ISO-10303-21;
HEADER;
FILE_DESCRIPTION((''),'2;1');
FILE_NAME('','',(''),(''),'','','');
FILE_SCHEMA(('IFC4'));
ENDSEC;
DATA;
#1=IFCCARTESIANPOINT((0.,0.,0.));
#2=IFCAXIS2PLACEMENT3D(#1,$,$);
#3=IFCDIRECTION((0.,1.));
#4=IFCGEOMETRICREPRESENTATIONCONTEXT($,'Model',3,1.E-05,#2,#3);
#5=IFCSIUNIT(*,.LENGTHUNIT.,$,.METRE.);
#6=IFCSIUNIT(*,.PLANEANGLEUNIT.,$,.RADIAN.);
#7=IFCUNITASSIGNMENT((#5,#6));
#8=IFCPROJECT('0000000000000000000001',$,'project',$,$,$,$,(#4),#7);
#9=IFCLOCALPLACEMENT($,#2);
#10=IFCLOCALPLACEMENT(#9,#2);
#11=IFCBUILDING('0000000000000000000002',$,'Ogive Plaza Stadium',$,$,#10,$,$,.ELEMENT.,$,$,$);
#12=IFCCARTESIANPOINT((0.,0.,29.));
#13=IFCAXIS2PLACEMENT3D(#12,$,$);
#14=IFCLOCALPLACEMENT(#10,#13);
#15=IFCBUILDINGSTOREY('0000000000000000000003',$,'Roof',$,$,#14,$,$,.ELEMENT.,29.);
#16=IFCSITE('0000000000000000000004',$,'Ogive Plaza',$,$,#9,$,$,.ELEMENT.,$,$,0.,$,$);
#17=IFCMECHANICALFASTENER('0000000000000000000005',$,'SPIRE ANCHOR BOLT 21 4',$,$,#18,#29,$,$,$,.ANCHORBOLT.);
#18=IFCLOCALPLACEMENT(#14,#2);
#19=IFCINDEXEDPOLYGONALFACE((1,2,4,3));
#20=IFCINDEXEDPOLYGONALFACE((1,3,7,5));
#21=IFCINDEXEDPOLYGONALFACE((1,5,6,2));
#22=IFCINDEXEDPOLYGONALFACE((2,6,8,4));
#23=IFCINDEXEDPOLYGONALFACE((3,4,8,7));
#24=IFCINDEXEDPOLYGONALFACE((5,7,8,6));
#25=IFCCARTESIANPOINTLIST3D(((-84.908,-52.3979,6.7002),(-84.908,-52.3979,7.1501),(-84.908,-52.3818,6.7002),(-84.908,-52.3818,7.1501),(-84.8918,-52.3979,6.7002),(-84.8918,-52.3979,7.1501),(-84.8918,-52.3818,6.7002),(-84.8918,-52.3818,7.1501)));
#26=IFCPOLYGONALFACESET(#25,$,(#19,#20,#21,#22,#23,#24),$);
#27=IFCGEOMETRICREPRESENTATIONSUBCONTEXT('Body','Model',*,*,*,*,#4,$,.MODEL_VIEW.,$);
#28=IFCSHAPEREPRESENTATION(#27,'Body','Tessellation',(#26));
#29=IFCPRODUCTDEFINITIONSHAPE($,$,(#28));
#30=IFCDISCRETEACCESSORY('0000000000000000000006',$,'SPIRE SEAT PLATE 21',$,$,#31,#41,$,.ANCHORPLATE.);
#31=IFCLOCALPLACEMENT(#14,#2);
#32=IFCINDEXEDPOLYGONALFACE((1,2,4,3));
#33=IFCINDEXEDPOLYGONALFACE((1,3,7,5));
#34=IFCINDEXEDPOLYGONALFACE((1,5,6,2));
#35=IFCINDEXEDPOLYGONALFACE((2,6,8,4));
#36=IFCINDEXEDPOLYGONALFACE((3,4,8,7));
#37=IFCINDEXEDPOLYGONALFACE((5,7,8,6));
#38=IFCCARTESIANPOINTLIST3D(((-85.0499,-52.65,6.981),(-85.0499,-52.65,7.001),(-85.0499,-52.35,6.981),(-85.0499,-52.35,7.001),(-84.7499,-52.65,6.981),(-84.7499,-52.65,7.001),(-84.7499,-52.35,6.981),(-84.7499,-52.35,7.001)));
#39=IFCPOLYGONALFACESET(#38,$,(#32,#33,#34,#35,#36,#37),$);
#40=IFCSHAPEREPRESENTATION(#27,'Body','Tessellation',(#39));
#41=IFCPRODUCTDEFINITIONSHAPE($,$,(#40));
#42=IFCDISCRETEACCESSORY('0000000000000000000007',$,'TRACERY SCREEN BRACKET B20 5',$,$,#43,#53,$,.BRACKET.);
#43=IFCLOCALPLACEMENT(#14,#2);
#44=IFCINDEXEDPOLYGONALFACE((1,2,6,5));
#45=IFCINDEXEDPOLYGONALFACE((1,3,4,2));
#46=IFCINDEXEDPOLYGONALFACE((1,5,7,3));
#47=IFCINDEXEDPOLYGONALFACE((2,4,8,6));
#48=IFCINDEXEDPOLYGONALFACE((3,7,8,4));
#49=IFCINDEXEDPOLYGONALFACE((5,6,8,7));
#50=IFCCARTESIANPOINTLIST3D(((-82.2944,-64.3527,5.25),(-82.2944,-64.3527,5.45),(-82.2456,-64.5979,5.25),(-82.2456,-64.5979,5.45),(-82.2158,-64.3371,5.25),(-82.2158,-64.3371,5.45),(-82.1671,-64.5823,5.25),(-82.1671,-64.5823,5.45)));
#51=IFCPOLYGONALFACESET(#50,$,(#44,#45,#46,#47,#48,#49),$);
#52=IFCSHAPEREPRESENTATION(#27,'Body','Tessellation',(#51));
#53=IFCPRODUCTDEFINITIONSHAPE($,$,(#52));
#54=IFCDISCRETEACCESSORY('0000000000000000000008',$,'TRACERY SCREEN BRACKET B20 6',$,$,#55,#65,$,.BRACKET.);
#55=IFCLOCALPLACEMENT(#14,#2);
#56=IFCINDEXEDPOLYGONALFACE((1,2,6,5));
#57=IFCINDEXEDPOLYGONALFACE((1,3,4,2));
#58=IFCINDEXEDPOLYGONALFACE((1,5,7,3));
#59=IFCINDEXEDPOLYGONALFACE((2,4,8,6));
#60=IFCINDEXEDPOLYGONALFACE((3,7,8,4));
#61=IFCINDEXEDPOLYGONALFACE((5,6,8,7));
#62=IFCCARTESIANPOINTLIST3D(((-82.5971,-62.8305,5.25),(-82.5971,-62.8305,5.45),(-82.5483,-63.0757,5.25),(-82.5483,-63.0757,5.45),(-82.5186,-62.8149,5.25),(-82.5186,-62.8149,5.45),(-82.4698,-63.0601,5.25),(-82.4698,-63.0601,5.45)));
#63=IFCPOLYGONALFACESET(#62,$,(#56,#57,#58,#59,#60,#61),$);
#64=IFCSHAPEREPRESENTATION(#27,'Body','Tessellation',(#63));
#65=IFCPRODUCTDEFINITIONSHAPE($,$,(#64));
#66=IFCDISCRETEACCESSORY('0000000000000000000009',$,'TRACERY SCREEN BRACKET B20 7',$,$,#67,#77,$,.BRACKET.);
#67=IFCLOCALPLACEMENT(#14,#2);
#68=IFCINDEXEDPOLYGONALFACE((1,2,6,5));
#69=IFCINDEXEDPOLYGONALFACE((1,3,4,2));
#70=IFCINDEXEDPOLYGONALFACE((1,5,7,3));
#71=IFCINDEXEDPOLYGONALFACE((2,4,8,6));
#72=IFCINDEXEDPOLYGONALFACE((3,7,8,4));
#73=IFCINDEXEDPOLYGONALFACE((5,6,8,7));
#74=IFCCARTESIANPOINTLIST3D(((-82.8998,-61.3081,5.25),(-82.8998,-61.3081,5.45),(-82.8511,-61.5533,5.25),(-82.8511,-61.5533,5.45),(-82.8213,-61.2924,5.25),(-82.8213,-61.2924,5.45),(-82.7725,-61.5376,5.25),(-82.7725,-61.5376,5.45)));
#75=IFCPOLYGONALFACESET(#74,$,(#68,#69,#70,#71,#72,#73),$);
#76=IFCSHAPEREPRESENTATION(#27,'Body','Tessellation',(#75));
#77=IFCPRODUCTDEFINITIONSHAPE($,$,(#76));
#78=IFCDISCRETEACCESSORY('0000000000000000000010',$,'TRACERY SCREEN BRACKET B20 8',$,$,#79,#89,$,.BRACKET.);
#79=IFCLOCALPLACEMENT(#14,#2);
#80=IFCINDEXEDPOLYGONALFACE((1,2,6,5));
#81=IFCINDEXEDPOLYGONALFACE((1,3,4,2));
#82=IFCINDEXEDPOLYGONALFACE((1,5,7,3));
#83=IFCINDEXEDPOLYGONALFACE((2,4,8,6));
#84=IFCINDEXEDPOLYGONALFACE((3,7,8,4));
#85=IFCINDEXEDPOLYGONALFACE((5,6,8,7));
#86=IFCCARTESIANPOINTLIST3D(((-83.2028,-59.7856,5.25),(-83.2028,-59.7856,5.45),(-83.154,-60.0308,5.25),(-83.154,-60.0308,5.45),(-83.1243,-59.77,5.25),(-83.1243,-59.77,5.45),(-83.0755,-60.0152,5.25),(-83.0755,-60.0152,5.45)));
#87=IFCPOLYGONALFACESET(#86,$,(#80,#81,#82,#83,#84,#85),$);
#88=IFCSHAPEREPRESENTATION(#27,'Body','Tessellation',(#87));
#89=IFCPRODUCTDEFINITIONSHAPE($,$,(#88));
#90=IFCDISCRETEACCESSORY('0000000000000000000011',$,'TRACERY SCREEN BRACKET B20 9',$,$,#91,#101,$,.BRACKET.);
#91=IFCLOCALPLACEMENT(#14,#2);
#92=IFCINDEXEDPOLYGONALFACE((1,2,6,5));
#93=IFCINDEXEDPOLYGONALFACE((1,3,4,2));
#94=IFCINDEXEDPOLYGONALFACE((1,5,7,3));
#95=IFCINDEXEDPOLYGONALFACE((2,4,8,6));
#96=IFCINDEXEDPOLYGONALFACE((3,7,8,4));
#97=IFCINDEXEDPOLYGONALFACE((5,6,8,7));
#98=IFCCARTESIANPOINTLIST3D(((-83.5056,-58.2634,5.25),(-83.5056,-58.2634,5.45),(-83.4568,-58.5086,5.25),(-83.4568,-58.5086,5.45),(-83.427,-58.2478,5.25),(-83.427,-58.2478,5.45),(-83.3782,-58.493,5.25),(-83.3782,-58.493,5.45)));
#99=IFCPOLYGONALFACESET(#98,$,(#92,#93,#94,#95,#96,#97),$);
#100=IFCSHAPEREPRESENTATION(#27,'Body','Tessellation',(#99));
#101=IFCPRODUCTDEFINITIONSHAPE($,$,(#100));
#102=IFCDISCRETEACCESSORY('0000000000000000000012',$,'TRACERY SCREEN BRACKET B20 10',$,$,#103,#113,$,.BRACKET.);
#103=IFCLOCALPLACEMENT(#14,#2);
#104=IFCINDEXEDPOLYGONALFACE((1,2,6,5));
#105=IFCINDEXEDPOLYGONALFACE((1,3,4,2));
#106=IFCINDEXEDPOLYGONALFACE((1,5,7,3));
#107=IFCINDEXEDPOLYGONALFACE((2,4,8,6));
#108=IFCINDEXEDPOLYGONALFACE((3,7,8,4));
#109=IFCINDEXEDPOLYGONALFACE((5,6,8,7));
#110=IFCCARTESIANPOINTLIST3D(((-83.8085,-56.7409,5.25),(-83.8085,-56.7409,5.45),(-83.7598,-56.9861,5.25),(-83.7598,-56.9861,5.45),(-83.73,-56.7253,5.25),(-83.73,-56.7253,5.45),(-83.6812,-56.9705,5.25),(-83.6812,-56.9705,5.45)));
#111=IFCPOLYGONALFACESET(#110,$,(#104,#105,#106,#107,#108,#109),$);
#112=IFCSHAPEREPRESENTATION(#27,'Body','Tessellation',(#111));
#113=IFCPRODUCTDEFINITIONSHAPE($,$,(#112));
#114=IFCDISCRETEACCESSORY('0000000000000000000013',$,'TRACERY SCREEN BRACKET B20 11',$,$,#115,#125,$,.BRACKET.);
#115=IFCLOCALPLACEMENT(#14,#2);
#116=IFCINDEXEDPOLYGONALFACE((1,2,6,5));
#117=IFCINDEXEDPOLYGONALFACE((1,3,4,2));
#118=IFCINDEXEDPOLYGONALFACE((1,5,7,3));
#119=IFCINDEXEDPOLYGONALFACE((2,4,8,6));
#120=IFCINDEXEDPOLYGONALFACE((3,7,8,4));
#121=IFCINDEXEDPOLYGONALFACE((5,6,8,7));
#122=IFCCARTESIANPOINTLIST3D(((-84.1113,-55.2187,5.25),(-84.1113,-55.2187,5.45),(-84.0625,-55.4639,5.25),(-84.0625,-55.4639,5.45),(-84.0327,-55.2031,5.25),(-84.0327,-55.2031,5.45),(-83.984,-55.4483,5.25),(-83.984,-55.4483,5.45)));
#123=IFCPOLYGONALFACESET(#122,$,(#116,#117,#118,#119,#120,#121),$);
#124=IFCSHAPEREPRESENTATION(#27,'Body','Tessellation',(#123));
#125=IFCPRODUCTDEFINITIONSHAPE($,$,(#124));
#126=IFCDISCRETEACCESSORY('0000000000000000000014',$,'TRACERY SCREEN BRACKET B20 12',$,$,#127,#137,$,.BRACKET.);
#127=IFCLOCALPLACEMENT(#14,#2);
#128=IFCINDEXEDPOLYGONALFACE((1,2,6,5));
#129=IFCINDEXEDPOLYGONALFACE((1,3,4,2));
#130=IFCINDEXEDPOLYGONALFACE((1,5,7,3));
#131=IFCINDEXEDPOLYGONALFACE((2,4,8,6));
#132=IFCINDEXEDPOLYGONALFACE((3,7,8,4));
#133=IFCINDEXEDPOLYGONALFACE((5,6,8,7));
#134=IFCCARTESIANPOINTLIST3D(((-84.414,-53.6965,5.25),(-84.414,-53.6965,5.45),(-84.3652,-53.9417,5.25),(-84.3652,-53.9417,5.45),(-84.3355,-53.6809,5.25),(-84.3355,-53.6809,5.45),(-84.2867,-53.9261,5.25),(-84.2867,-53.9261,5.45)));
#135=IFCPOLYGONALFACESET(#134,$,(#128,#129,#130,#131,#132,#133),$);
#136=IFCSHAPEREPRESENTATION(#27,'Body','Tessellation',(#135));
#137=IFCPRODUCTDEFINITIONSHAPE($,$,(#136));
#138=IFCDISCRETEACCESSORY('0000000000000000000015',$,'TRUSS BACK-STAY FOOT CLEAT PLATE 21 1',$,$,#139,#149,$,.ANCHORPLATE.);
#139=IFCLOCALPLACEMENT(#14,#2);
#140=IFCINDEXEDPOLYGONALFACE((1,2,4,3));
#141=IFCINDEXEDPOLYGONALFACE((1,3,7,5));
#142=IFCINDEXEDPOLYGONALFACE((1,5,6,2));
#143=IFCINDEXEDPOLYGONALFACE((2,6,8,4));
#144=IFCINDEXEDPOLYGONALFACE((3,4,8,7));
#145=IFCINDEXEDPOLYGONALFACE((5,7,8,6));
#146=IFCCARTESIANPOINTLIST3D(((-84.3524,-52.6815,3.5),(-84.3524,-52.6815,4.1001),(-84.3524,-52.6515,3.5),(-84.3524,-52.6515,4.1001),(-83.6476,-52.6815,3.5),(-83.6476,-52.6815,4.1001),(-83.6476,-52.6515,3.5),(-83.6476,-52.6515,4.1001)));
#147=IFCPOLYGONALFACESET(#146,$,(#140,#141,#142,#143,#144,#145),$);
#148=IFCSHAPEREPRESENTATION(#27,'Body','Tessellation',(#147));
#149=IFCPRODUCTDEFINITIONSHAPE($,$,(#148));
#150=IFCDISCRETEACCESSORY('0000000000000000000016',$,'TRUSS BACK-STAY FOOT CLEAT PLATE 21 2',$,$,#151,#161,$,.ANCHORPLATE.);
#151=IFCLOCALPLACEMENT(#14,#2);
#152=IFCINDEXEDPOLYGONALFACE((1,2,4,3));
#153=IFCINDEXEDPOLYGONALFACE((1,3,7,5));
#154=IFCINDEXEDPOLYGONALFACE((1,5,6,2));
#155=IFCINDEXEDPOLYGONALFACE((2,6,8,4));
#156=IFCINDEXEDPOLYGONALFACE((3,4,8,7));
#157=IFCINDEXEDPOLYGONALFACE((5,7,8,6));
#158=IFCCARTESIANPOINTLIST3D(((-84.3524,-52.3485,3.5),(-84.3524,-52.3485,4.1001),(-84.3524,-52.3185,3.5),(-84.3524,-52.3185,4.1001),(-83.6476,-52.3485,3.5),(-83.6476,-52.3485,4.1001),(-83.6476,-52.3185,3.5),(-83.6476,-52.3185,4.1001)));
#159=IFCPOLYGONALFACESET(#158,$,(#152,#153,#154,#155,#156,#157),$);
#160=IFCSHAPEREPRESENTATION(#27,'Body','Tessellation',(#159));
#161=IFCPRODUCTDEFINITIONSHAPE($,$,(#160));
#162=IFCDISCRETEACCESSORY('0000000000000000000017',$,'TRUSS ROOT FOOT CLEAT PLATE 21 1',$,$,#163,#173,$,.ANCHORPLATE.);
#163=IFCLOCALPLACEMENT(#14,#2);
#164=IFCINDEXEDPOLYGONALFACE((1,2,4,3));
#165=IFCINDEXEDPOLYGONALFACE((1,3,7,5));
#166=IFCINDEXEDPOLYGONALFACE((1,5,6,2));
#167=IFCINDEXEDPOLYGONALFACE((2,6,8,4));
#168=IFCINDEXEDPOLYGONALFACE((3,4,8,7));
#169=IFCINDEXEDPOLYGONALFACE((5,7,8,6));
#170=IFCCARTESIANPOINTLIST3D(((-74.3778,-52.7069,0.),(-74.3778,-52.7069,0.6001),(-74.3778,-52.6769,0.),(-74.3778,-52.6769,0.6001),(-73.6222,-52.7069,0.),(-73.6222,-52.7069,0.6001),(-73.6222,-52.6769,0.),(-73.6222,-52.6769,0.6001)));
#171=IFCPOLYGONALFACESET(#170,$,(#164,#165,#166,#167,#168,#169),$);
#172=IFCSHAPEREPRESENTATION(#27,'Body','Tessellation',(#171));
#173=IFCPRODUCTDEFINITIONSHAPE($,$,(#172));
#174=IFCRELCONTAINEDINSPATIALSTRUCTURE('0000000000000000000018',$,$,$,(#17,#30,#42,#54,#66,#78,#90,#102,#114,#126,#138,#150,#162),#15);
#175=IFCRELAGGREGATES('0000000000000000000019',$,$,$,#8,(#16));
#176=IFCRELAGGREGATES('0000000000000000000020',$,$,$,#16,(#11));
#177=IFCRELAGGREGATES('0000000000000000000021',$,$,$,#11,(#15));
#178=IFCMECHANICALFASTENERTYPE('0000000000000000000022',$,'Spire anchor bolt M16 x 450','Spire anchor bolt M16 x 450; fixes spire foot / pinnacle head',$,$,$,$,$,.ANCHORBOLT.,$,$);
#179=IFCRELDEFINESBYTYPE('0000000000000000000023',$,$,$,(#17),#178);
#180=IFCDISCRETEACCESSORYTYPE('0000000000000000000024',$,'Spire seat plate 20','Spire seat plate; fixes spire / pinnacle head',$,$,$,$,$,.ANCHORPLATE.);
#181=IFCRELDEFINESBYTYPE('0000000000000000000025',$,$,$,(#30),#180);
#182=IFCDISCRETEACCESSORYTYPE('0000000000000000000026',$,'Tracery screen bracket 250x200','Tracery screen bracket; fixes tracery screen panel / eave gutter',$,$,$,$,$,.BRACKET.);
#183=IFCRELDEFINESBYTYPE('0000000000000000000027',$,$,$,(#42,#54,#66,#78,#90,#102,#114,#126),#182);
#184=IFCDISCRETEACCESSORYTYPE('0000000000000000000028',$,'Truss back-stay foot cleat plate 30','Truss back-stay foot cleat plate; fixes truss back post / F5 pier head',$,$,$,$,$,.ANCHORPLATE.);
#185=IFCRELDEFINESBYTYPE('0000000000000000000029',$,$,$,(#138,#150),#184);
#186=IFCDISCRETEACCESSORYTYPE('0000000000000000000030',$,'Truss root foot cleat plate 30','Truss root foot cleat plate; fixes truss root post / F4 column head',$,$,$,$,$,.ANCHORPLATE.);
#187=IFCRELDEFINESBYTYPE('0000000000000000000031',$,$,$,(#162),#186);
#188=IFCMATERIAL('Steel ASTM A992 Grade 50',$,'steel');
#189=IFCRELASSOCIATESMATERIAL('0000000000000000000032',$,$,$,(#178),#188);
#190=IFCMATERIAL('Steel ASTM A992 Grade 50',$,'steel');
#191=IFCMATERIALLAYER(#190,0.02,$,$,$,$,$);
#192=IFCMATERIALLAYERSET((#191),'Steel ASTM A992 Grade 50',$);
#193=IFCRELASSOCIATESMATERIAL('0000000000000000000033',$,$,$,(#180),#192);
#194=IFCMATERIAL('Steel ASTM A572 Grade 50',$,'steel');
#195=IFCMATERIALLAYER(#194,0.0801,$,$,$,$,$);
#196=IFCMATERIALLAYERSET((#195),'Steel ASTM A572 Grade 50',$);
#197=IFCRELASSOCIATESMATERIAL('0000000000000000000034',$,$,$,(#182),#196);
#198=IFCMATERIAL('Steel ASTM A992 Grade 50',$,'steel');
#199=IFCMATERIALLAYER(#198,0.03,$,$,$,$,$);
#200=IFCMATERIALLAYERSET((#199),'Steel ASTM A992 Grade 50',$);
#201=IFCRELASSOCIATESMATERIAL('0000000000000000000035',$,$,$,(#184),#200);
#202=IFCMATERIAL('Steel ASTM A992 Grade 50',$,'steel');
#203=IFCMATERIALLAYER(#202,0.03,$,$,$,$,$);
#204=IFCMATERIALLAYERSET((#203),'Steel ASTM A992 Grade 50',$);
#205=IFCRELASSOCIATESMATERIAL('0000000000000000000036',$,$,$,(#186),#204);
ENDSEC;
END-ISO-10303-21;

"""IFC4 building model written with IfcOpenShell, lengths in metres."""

from ifc_helpers import new_model, si_unit, direction, frame, origin, origin_2d, place, context, subcontext, project, spatial, rectangle, extrude, material, layer, layer_set, type_object, element, save


model = new_model("IFC4")

# Units and contexts
model_context = context("Model", 3, precision=1e-05, world=origin(), true_north=direction((0.0, 1.0)))
body_context = subcontext(model_context, "Body", "Model", "MODEL_VIEW")
ifc_project = project(units=[si_unit("LENGTHUNIT", "METRE"), si_unit("PLANEANGLEUNIT", "RADIAN")], contexts=[model_context])

# Site, building, storey
site_placement = place(None, origin())
site = spatial("IfcSite", under=ifc_project, at=site_placement, Name="Ogive Plaza", CompositionType="ELEMENT", RefElevation=0.0)
building_placement = place(site_placement, origin())
building = spatial("IfcBuilding", under=site, at=building_placement, Name="Ogive Plaza Stadium", CompositionType="ELEMENT")
storey_placement = place(building_placement, frame((0.0, 0.0, 29.0)))
storey = spatial("IfcBuildingStorey", under=building, at=storey_placement, Name="Roof", CompositionType="ELEMENT", Elevation=29.0)

# Mechanical fastener
ifc_material_1 = material(Name="Steel ASTM A992 Grade 50", Category="steel")
mechanical_fastener_type_1 = type_object("IfcMechanicalFastenerType", Name="Spire anchor bolt M16 x 450", Description="Spire anchor bolt M16 x 450; fixes spire foot / pinnacle head", PredefinedType="ANCHORBOLT", material=ifc_material_1)
for number, where, z_axis, x_axis, name in (
    (1, (-84.8999, -52.3899, 6.7002), (0.0, 0.0, 1.0), (-1.0, 0.0, 0.0), "SPIRE ANCHOR BOLT 21 4"),
):
    element("IfcMechanicalFastener", number, at=place(storey_placement, frame(where, z_axis=z_axis, x_axis=x_axis)), inside=storey, type_object=mechanical_fastener_type_1, Name=name, PredefinedType="ANCHORBOLT", context=body_context, shape_type="SweptSolid", body=[
        extrude(rectangle(XDim=0.0161, YDim=0.0161, at=origin_2d()), origin(), (0.0, 0.0, 1.0), 0.45),
    ])

# Discrete accessories
ifc_material_2 = material(Name="Steel ASTM A992 Grade 50", Category="steel")
ifc_layer_1 = layer(ifc_material_2, 0.02)
ifc_layer_set_1 = layer_set([ifc_layer_1], Name="Steel ASTM A992 Grade 50")
discrete_accessory_type_1 = type_object("IfcDiscreteAccessoryType", Name="Spire seat plate 20", Description="Spire seat plate; fixes spire / pinnacle head", PredefinedType="ANCHORPLATE", material=ifc_layer_set_1)
discrete_accessory_1_placement = place(storey_placement, frame((-84.8999, -52.5, 6.981), z_axis=(0.0, 0.0, 1.0), x_axis=(-1.0, 0.0, 0.0)))
element("IfcDiscreteAccessory", 2, at=discrete_accessory_1_placement, inside=storey, type_object=discrete_accessory_type_1, Name="SPIRE SEAT PLATE 21", PredefinedType="ANCHORPLATE", context=body_context, shape_type="SweptSolid", body=[
    extrude(rectangle(XDim=0.3, YDim=0.3, at=origin_2d()), origin(), (0.0, 0.0, 1.0), 0.02),
])
ifc_material_3 = material(Name="Steel ASTM A572 Grade 50", Category="steel")
ifc_layer_2 = layer(ifc_material_3, 0.0801)
ifc_layer_set_2 = layer_set([ifc_layer_2], Name="Steel ASTM A572 Grade 50")
discrete_accessory_type_2 = type_object("IfcDiscreteAccessoryType", Name="Tracery screen bracket 250x200", Description="Tracery screen bracket; fixes tracery screen panel / eave gutter", PredefinedType="BRACKET", material=ifc_layer_set_2)
for number, where, z_axis, x_axis, name in (
    (3, (-82.2307, -64.4675, 5.25), (0.0, 0.0, 1.0), (-0.19509, 0.980785, 0.0), "TRACERY SCREEN BRACKET B20 5"),
    (4, (-82.5334, -62.9453, 5.25), (0.0, 0.0, 1.0), (-0.19509, 0.980785, 0.0), "TRACERY SCREEN BRACKET B20 6"),
    (5, (-82.8362, -61.4229, 5.25), (0.0, 0.0, 1.0), (-0.19509, 0.980785, 0.0), "TRACERY SCREEN BRACKET B20 7"),
    (6, (-83.1392, -59.9004, 5.25), (0.0, 0.0, 1.0), (-0.19509, 0.980785, 0.0), "TRACERY SCREEN BRACKET B20 8"),
    (7, (-83.4419, -58.3782, 5.25), (0.0, 0.0, 1.0), (-0.19509, 0.980785, 0.0), "TRACERY SCREEN BRACKET B20 9"),
    (8, (-83.7449, -56.8557, 5.25), (0.0, 0.0, 1.0), (-0.19509, 0.980785, 0.0), "TRACERY SCREEN BRACKET B20 10"),
    (9, (-84.0476, -55.3335, 5.25), (0.0, 0.0, 1.0), (-0.19509, 0.980785, 0.0), "TRACERY SCREEN BRACKET B20 11"),
    (10, (-84.3503, -53.8113, 5.25), (0.0, 0.0, 1.0), (-0.19509, 0.980785, 0.0), "TRACERY SCREEN BRACKET B20 12"),
):
    element("IfcDiscreteAccessory", number, at=place(storey_placement, frame(where, z_axis=z_axis, x_axis=x_axis)), inside=storey, type_object=discrete_accessory_type_2, Name=name, PredefinedType="BRACKET", context=body_context, shape_type="SweptSolid", body=[
        extrude(rectangle(XDim=0.25, YDim=0.0801, at=origin_2d()), origin(), (0.0, 0.0, 1.0), 0.2),
    ])
ifc_material_4 = material(Name="Steel ASTM A992 Grade 50", Category="steel")
ifc_layer_3 = layer(ifc_material_4, 0.03)
ifc_layer_set_3 = layer_set([ifc_layer_3], Name="Steel ASTM A992 Grade 50")
discrete_accessory_type_3 = type_object("IfcDiscreteAccessoryType", Name="Truss back-stay foot cleat plate 30", Description="Truss back-stay foot cleat plate; fixes truss back post / F5 pier head", PredefinedType="ANCHORPLATE", material=ifc_layer_set_3)
for number, where, z_axis, x_axis, name in (
    (11, (-84.0, -52.6665, 3.5), (0.0, 0.0, 1.0), (-1.0, 0.0, 0.0), "TRUSS BACK-STAY FOOT CLEAT PLATE 21 1"),
    (12, (-84.0, -52.3335, 3.5), (0.0, 0.0, 1.0), (-1.0, 0.0, 0.0), "TRUSS BACK-STAY FOOT CLEAT PLATE 21 2"),
):
    element("IfcDiscreteAccessory", number, at=place(storey_placement, frame(where, z_axis=z_axis, x_axis=x_axis)), inside=storey, type_object=discrete_accessory_type_3, Name=name, PredefinedType="ANCHORPLATE", context=body_context, shape_type="SweptSolid", body=[
        extrude(rectangle(XDim=0.7048, YDim=0.03, at=origin_2d()), origin(), (0.0, 0.0, 1.0), 0.6001),
    ])
ifc_material_5 = material(Name="Steel ASTM A992 Grade 50", Category="steel")
ifc_layer_4 = layer(ifc_material_5, 0.03)
ifc_layer_set_4 = layer_set([ifc_layer_4], Name="Steel ASTM A992 Grade 50")
discrete_accessory_type_4 = type_object("IfcDiscreteAccessoryType", Name="Truss root foot cleat plate 30", Description="Truss root foot cleat plate; fixes truss root post / F4 column head", PredefinedType="ANCHORPLATE", material=ifc_layer_set_4)
discrete_accessory_2_placement = place(storey_placement, frame((-74.0, -52.6919, 0.0), z_axis=(0.0, 0.0, 1.0), x_axis=(-1.0, 0.0, 0.0)))
element("IfcDiscreteAccessory", 13, at=discrete_accessory_2_placement, inside=storey, type_object=discrete_accessory_type_4, Name="TRUSS ROOT FOOT CLEAT PLATE 21 1", PredefinedType="ANCHORPLATE", context=body_context, shape_type="SweptSolid", body=[
    extrude(rectangle(XDim=0.7556, YDim=0.03, at=origin_2d()), origin(), (0.0, 0.0, 1.0), 0.6001),
])

save(model, "model.ifc")
